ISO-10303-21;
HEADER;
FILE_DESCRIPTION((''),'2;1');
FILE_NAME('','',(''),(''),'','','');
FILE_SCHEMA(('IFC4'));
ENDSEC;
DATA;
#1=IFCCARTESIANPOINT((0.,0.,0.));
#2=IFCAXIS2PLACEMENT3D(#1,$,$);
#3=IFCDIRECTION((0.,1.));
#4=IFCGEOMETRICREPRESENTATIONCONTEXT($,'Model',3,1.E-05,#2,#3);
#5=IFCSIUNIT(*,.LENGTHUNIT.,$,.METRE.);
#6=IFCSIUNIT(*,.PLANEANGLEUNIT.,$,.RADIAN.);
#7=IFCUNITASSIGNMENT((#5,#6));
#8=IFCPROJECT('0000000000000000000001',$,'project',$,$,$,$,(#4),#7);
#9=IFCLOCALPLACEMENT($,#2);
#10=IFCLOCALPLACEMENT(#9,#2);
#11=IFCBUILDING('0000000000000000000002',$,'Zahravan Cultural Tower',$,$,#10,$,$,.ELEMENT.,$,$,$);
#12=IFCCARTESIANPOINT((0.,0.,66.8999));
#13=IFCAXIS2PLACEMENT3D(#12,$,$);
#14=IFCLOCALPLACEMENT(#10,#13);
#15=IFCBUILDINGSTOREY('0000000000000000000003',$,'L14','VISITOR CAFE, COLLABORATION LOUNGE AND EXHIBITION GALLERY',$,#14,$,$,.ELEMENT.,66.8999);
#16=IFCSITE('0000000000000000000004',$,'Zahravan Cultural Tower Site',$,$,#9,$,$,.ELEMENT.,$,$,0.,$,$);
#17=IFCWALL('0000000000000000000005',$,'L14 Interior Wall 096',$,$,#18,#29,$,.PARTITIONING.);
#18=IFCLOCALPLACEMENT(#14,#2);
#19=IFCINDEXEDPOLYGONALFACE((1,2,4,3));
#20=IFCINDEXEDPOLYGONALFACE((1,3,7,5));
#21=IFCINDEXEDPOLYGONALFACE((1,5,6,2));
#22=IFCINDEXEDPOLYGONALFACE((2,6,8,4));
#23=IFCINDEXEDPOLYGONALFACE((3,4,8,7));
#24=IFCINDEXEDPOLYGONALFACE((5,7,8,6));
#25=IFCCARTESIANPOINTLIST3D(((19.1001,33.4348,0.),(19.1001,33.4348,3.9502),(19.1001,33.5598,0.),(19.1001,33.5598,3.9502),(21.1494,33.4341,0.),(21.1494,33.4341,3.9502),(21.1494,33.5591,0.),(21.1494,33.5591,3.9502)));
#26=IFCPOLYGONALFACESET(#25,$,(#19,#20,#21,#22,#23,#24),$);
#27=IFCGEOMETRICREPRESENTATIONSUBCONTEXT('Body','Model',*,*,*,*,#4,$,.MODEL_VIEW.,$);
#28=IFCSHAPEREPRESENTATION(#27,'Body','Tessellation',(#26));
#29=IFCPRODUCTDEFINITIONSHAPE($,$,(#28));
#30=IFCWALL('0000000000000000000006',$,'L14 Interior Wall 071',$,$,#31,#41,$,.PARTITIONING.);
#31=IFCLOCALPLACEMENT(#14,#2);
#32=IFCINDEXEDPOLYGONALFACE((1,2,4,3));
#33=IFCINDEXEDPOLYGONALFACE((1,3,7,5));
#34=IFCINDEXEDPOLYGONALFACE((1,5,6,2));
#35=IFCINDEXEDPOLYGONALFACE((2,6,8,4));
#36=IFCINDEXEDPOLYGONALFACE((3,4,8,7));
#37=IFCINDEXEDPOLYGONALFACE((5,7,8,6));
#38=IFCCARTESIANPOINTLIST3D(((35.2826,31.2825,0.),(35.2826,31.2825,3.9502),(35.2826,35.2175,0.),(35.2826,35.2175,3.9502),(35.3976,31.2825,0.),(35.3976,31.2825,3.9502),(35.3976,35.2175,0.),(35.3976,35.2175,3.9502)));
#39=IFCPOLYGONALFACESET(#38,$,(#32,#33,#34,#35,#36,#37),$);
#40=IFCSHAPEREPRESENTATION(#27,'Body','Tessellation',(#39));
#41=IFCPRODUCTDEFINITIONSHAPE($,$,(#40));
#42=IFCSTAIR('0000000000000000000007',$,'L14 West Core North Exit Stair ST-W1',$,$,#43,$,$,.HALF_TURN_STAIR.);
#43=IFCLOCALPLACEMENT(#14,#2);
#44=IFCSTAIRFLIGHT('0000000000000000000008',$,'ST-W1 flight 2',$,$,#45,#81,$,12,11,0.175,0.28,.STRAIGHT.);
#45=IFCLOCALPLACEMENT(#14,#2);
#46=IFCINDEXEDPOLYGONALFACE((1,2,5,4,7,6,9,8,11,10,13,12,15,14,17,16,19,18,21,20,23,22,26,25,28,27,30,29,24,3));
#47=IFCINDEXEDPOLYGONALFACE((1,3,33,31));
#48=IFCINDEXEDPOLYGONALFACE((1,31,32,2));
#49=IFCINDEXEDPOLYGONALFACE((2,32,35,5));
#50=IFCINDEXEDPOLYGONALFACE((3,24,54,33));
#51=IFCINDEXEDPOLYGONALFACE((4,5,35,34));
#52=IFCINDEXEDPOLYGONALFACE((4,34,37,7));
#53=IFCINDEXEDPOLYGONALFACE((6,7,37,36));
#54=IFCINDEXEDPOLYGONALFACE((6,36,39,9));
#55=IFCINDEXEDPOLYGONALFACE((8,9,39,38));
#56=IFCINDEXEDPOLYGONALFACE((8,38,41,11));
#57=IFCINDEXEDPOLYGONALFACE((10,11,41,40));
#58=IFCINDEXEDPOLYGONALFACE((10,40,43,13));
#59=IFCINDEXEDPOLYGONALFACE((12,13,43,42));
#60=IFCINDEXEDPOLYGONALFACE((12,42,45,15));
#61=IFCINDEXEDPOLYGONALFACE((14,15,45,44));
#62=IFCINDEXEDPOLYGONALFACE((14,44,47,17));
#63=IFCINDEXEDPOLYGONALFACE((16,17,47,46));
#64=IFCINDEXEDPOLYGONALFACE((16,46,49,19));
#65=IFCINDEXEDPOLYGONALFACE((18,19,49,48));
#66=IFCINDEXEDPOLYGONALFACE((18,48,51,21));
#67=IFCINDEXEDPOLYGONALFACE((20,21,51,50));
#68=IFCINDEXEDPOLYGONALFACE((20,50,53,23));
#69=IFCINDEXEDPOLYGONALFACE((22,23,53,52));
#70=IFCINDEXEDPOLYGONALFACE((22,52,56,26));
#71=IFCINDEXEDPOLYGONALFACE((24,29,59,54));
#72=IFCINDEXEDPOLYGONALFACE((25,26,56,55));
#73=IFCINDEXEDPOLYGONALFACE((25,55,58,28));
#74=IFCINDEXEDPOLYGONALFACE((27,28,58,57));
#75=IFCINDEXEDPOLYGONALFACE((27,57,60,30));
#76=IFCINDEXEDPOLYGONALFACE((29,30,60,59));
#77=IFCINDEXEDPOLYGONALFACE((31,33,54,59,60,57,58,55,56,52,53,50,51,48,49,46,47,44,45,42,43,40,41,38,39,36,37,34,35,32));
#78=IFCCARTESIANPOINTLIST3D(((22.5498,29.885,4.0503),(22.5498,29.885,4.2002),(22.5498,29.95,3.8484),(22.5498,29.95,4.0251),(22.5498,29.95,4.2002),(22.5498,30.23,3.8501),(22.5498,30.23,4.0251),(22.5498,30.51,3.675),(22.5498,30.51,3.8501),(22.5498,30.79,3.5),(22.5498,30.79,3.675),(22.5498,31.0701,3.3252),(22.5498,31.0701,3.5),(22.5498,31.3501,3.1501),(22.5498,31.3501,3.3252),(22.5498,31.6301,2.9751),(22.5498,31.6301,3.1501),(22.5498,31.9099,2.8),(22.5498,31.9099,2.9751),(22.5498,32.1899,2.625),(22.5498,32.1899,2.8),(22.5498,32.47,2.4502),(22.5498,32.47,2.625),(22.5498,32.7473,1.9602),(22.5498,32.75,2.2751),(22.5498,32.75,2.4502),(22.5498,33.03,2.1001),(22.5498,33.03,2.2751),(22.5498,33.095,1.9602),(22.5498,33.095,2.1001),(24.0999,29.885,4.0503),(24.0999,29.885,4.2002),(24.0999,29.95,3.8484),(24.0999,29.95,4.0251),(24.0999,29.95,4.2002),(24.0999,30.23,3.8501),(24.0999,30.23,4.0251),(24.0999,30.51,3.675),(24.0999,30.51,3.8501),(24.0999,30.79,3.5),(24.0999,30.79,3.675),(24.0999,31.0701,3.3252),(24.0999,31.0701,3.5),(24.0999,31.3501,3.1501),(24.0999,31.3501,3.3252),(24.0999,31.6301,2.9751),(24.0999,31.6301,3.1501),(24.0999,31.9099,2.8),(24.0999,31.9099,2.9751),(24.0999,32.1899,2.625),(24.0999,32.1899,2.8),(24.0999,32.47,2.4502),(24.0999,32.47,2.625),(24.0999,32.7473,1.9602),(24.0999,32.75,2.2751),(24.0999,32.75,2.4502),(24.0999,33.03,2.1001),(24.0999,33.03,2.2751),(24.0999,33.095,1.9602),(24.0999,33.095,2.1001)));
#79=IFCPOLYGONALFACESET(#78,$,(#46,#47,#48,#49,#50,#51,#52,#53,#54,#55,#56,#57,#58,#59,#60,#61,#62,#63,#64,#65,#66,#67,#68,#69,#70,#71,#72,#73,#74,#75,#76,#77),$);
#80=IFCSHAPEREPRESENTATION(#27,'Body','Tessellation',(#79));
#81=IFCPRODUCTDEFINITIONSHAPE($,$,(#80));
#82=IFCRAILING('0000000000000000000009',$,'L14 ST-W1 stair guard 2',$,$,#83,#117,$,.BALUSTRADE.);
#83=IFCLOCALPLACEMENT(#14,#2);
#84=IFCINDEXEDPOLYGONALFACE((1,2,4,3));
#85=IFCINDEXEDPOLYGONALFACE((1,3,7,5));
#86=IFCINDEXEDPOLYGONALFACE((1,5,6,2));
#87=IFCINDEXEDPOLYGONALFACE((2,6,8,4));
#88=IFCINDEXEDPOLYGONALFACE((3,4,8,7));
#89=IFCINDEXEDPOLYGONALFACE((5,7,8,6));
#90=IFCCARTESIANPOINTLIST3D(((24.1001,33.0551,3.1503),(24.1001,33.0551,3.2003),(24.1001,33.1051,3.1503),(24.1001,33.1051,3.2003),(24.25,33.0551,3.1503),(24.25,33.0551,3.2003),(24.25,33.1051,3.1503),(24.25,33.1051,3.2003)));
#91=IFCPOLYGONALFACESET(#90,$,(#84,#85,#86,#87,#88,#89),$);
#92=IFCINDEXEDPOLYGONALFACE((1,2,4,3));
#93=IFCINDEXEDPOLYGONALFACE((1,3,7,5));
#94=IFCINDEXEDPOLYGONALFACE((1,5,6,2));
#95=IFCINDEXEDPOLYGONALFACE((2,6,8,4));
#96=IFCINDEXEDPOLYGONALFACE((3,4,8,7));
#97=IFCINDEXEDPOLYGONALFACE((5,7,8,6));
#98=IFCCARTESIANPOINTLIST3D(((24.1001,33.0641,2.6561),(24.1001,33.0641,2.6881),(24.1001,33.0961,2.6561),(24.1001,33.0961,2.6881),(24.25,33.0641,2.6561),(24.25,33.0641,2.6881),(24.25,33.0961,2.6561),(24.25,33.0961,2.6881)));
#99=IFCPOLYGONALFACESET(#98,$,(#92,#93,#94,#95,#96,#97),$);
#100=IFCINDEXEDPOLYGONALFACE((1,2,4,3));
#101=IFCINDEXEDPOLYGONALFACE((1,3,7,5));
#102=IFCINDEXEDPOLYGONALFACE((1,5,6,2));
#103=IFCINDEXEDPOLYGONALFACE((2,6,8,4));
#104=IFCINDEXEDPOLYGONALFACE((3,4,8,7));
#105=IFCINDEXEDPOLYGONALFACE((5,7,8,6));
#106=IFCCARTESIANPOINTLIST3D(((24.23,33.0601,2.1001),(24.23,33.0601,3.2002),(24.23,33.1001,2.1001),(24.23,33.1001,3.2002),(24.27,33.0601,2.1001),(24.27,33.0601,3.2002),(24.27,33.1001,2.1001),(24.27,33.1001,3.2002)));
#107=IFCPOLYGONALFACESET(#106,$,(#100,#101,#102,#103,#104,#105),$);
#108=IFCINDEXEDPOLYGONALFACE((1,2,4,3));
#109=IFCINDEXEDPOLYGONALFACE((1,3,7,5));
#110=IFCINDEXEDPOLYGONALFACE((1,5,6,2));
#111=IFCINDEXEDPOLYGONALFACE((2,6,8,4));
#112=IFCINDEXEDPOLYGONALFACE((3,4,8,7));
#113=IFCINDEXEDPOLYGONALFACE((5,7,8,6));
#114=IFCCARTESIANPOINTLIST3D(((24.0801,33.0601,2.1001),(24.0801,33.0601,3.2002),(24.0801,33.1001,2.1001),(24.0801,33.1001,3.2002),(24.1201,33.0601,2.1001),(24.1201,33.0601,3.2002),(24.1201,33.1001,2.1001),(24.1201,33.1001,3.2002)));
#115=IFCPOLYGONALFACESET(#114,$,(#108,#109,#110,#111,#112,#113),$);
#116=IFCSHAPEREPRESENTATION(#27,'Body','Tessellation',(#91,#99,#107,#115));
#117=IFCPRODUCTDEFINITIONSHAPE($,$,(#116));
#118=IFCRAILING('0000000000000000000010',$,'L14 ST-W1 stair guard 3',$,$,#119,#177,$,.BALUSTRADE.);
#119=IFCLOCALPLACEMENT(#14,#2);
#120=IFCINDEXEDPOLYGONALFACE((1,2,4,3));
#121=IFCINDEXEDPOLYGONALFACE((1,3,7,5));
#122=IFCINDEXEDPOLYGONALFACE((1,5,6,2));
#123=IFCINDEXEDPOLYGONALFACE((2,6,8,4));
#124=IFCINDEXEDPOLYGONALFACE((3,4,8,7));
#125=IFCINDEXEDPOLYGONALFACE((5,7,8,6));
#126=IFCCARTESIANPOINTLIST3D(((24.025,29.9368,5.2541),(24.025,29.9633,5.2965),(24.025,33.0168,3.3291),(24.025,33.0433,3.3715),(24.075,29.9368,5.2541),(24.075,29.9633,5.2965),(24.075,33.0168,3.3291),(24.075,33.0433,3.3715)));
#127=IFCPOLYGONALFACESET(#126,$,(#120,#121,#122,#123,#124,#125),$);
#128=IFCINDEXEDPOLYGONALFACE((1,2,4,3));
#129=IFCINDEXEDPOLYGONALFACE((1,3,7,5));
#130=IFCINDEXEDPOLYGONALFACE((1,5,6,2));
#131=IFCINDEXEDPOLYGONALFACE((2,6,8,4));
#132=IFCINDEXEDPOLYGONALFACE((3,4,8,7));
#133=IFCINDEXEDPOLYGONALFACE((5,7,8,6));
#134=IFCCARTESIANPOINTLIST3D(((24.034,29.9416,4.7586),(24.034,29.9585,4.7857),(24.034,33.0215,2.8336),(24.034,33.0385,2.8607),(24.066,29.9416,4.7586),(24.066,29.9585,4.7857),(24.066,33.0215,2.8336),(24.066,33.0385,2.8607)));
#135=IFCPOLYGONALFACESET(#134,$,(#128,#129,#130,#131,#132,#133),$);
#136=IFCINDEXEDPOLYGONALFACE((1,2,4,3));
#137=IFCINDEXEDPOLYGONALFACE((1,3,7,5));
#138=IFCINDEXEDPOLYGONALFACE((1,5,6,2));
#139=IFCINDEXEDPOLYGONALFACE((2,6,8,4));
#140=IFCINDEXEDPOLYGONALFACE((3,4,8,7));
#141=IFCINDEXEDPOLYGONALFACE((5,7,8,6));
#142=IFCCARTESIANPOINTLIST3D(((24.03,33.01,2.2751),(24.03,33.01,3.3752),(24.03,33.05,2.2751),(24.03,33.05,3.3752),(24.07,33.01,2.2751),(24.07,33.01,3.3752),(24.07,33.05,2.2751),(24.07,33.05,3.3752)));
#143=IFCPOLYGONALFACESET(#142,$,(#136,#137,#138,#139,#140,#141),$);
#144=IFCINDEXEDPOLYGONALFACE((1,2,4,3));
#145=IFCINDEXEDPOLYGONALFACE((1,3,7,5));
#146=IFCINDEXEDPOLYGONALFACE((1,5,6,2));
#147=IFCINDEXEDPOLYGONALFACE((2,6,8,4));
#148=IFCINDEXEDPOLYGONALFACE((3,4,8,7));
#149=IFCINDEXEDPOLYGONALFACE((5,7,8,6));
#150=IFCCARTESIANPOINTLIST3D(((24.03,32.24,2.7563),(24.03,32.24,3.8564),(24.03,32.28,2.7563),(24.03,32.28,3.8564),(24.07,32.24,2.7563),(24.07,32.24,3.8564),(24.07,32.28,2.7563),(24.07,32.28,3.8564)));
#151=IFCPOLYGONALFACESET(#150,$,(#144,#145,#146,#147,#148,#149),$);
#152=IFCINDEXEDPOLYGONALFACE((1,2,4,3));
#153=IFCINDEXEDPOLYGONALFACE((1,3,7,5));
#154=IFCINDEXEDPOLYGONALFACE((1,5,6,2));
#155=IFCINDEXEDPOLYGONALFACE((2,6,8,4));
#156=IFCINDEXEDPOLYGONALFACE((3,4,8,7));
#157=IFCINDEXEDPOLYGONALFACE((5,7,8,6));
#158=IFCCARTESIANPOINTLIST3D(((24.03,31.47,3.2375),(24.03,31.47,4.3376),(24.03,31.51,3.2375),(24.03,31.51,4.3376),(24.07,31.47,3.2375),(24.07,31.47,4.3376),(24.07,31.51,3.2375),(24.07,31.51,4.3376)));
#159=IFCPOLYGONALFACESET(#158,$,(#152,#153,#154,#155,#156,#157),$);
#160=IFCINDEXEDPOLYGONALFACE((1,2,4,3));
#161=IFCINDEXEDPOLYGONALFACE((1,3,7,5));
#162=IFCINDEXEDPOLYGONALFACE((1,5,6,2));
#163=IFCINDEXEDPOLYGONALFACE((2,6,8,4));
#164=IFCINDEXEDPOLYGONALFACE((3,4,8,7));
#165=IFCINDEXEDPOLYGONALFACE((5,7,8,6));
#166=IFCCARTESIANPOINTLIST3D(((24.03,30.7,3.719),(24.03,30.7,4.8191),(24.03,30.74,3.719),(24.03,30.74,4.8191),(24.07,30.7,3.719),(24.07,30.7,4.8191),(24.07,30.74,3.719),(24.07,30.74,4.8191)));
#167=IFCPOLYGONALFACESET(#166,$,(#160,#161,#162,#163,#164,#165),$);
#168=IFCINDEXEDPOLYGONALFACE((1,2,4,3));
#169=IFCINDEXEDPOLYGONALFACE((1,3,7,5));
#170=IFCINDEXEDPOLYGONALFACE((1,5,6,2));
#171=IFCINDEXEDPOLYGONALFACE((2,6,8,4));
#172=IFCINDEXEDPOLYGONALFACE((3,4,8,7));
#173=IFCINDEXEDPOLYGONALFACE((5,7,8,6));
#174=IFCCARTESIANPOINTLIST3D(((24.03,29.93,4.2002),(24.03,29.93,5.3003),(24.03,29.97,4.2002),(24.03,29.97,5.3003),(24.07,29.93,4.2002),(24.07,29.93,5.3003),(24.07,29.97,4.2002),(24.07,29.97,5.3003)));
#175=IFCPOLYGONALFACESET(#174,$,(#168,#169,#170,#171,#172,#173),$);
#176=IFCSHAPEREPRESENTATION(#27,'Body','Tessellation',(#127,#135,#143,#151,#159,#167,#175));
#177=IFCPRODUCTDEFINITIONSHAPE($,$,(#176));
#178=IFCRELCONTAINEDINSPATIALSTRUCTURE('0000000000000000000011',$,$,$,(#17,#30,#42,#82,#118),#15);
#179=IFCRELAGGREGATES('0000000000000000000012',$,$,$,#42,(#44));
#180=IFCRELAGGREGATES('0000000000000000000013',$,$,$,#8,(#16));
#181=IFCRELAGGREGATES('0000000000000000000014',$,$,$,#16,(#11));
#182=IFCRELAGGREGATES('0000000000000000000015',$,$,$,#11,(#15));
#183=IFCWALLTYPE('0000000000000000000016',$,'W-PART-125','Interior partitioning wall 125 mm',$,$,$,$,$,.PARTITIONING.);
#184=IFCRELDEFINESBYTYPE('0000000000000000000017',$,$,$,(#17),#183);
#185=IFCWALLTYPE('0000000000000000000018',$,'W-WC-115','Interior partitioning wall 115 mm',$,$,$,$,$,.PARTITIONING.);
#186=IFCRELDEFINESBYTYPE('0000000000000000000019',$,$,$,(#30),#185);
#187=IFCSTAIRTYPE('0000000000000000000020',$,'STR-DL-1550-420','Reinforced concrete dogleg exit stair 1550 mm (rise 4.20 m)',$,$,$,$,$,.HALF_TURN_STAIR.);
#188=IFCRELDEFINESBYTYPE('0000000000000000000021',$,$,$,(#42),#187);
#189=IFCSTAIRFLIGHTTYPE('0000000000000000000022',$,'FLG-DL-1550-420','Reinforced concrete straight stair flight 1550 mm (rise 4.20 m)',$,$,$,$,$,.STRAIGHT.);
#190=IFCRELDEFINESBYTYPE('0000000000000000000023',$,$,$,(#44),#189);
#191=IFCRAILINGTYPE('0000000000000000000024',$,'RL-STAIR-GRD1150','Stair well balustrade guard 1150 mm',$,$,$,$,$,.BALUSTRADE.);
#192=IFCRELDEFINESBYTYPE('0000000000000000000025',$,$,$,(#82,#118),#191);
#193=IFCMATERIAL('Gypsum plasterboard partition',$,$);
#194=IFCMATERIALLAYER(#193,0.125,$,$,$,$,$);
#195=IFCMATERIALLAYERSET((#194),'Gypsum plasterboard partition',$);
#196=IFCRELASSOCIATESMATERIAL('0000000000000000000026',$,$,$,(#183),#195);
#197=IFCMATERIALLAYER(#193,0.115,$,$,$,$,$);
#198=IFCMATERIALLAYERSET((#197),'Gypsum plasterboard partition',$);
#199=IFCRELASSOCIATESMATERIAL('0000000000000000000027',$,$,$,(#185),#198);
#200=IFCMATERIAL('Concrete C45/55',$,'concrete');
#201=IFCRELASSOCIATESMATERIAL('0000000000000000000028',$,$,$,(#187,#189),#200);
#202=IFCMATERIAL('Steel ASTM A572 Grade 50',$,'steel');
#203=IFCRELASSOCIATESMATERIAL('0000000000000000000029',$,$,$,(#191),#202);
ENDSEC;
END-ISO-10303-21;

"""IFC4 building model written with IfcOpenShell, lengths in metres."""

from ifc_helpers import new_model, si_unit, direction, frame, frame_2d, origin, origin_2d, place, context, subcontext, project, spatial, polyline, rectangle, outline, extrude, source, transform, mapped, material, layer, layer_set, type_object, element, aggregate, save


model = new_model("IFC4")

# Units and contexts
model_context = context("Model", 3, precision=1e-05, world=origin(), true_north=direction((0.0, 1.0)))
body_context = subcontext(model_context, "Body", "Model", "MODEL_VIEW")
ifc_project = project(units=[si_unit("LENGTHUNIT", "METRE"), si_unit("PLANEANGLEUNIT", "RADIAN")], contexts=[model_context])

# Site, building, storey
site_placement = place(None, origin())
site = spatial("IfcSite", under=ifc_project, at=site_placement, Name="Zahravan Cultural Tower Site", CompositionType="ELEMENT", RefElevation=0.0)
building_placement = place(site_placement, origin())
building = spatial("IfcBuilding", under=site, at=building_placement, Name="Zahravan Cultural Tower", CompositionType="ELEMENT")
storey_placement = place(building_placement, frame((0.0, 0.0, 66.8999)))
storey = spatial("IfcBuildingStorey", under=building, at=storey_placement, Name="L14", Description="VISITOR CAFE, COLLABORATION LOUNGE AND EXHIBITION GALLERY", CompositionType="ELEMENT", Elevation=66.8999)

# Shared definitions
ifc_material_1 = material(Name="Gypsum plasterboard partition")
ifc_layer_1 = layer(ifc_material_1, 0.125)
ifc_layer_set_1 = layer_set([ifc_layer_1], Name="Gypsum plasterboard partition")
wall_type_1 = type_object("IfcWallType", Name="W-PART-125", Description="Interior partitioning wall 125 mm", PredefinedType="PARTITIONING", material=ifc_layer_set_1)
ifc_material_2 = material(Name="Concrete C45/55", Category="concrete")
ifc_material_3 = material(Name="Steel ASTM A572 Grade 50", Category="steel")
ifc_layer_2 = layer(ifc_material_1, 0.115)
ifc_layer_set_2 = layer_set([ifc_layer_2], Name="Gypsum plasterboard partition")
wall_type_2 = type_object("IfcWallType", Name="W-WC-115", Description="Interior partitioning wall 115 mm", PredefinedType="PARTITIONING", material=ifc_layer_set_2)

# Walls
shared_shape_1 = source(origin(), body_context, "Body", "SweptSolid", [
    extrude(rectangle(XDim=2.0493, YDim=0.125, at=frame_2d((1.0247, 0.0))), origin(), (0.0, 0.0, 1.0), 3.9502),
])
wall_1_placement = place(storey_placement, frame((21.1494, 33.4966, 0.0), z_axis=(0.0, 0.0, 1.0), x_axis=(-1.0, 0.000357, 0.0)))
element("IfcWall", 1, at=wall_1_placement, inside=storey, type_object=wall_type_1, Name="L14 Interior Wall 096", PredefinedType="PARTITIONING", context=body_context, shape_type="MappedRepresentation", body=[
    mapped(shared_shape_1, transform((0.0, 0.0, 0.0), x_axis=(1.0, 0.0, 0.0), y_axis=(0.0, 1.0, 0.0), z_axis=(0.0, 0.0, 1.0), scale=1.0)),
])
shared_shape_2 = source(origin(), body_context, "Body", "SweptSolid", [
    extrude(rectangle(XDim=3.9351, YDim=0.115, at=frame_2d((1.9675, 0.0))), origin(), (0.0, 0.0, 1.0), 3.9502),
])
wall_2_placement = place(storey_placement, frame((35.3401, 35.2175, 0.0), z_axis=(0.0, 0.0, 1.0), x_axis=(0.0, -1.0, 0.0)))
element("IfcWall", 2, at=wall_2_placement, inside=storey, type_object=wall_type_2, Name="L14 Interior Wall 071", PredefinedType="PARTITIONING", context=body_context, shape_type="MappedRepresentation", body=[
    mapped(shared_shape_2, transform((0.0, 0.0, 0.0), x_axis=(1.0, 0.0, 0.0), y_axis=(0.0, 1.0, 0.0), z_axis=(0.0, 0.0, 1.0), scale=1.0)),
])

# Stair, stair flight
stair_type = type_object("IfcStairType", Name="STR-DL-1550-420", Description="Reinforced concrete dogleg exit stair 1550 mm (rise 4.20 m)", PredefinedType="HALF_TURN_STAIR", material=ifc_material_2)
stair_placement = place(storey_placement, origin())
stair = element("IfcStair", 3, at=stair_placement, inside=storey, type_object=stair_type, Name="L14 West Core North Exit Stair ST-W1", PredefinedType="HALF_TURN_STAIR")
stair_flight_type = type_object("IfcStairFlightType", Name="FLG-DL-1550-420", Description="Reinforced concrete straight stair flight 1550 mm (rise 4.20 m)", PredefinedType="STRAIGHT", material=ifc_material_2)
stair_flight_placement = place(storey_placement, frame((23.325, 33.03, 2.1001), z_axis=(0.0, 0.0, 1.0), x_axis=(0.0, -1.0, 0.0)))
stair_flight = element("IfcStairFlight", 4, at=stair_flight_placement, type_object=stair_flight_type, Name="ST-W1 flight 2", NumberOfRisers=12, NumberOfTreads=11, PredefinedType="STRAIGHT", RiserHeight=0.175, TreadLength=0.28, context=body_context, shape_type="SweptSolid", body=[
    extrude(outline(polyline([(-0.0649, -0.1399), (-0.0649, 0.0), (0.0, 0.0), (0.0, 0.175), (0.28, 0.175), (0.28, 0.3501), (0.5601, 0.3501), (0.5601, 0.5249), (0.8401, 0.5249), (0.8401, 0.7), (1.1201, 0.7), (1.1201, 0.875), (1.3999, 0.875), (1.3999, 1.05), (1.6799, 1.05), (1.6799, 1.2251), (1.96, 1.2251), (1.96, 1.3999), (2.24, 1.3999), (2.24, 1.575), (2.52, 1.575), (2.52, 1.75), (2.8, 1.75), (2.8, 1.925), (3.0801, 1.925), (3.0801, 2.1001), (3.145, 2.1001), (3.145, 1.9502), (3.0801, 1.7483), (0.2827, -0.1399), (-0.0649, -0.1399)])), frame((0.0, 0.7749, 0.0), z_axis=(0.0, -1.0, 0.0), x_axis=(1.0, 0.0, 0.0)), (0.0, 0.0, 1.0), 1.55),
])
aggregate(stair, [stair_flight])

# Railings
railing_type_1 = type_object("IfcRailingType", Name="RL-STAIR-GRD1150", Description="Stair well balustrade guard 1150 mm", PredefinedType="BALUSTRADE", material=ifc_material_3)
railing_1_placement = place(storey_placement, frame((24.25, 33.0801, 2.1001)))
element("IfcRailing", 5, at=railing_1_placement, inside=storey, type_object=railing_type_1, Name="L14 ST-W1 stair guard 2", PredefinedType="BALUSTRADE", context=body_context, shape_type="SweptSolid", body=[
    extrude(rectangle(XDim=0.05, YDim=0.05, at=origin_2d()), frame((0.0, 0.0, 1.0752), z_axis=(-1.0, 0.0, 0.0), x_axis=(0.0, -1.0, 0.0)), (0.0, 0.0, 1.0), 0.1499),
    extrude(rectangle(XDim=0.032, YDim=0.032, at=origin_2d()), frame((0.0, 0.0, 0.572), z_axis=(-1.0, 0.0, 0.0), x_axis=(0.0, -1.0, 0.0)), (0.0, 0.0, 1.0), 0.1499),
    extrude(rectangle(XDim=0.04, YDim=0.04, at=origin_2d()), origin(), (0.0, 0.0, 1.0), 1.1001),
    extrude(rectangle(XDim=0.04, YDim=0.04, at=origin_2d()), frame((-0.1499, 0.0, 0.0)), (0.0, 0.0, 1.0), 1.1001),
])
railing_2_placement = place(storey_placement, frame((24.05, 33.03, 2.2751)))
element("IfcRailing", 6, at=railing_2_placement, inside=storey, type_object=railing_type_1, Name="L14 ST-W1 stair guard 3", PredefinedType="BALUSTRADE", context=body_context, shape_type="SweptSolid", body=[
    extrude(rectangle(XDim=0.05, YDim=0.05, at=origin_2d()), frame((0.0, 0.0, 1.0752), z_axis=(0.0, -0.847998, 0.529999), x_axis=(1.0, 0.0, 0.0)), (0.0, 0.0, 1.0), 3.6321),
    extrude(rectangle(XDim=0.032, YDim=0.032, at=origin_2d()), frame((0.0, 0.0, 0.572), z_axis=(0.0, -0.847998, 0.529999), x_axis=(1.0, 0.0, 0.0)), (0.0, 0.0, 1.0), 3.6321),
    extrude(rectangle(XDim=0.04, YDim=0.04, at=origin_2d()), origin(), (0.0, 0.0, 1.0), 1.1001),
    extrude(rectangle(XDim=0.04, YDim=0.04, at=origin_2d()), frame((0.0, -0.77, 0.4812)), (0.0, 0.0, 1.0), 1.1001),
    extrude(rectangle(XDim=0.04, YDim=0.04, at=origin_2d()), frame((0.0, -1.54, 0.9624)), (0.0, 0.0, 1.0), 1.1001),
    extrude(rectangle(XDim=0.04, YDim=0.04, at=origin_2d()), frame((0.0, -2.3101, 1.4438)), (0.0, 0.0, 1.0), 1.1001),
    extrude(rectangle(XDim=0.04, YDim=0.04, at=origin_2d()), frame((0.0, -3.0801, 1.925)), (0.0, 0.0, 1.0), 1.1001),
])

save(model, "model.ifc")
